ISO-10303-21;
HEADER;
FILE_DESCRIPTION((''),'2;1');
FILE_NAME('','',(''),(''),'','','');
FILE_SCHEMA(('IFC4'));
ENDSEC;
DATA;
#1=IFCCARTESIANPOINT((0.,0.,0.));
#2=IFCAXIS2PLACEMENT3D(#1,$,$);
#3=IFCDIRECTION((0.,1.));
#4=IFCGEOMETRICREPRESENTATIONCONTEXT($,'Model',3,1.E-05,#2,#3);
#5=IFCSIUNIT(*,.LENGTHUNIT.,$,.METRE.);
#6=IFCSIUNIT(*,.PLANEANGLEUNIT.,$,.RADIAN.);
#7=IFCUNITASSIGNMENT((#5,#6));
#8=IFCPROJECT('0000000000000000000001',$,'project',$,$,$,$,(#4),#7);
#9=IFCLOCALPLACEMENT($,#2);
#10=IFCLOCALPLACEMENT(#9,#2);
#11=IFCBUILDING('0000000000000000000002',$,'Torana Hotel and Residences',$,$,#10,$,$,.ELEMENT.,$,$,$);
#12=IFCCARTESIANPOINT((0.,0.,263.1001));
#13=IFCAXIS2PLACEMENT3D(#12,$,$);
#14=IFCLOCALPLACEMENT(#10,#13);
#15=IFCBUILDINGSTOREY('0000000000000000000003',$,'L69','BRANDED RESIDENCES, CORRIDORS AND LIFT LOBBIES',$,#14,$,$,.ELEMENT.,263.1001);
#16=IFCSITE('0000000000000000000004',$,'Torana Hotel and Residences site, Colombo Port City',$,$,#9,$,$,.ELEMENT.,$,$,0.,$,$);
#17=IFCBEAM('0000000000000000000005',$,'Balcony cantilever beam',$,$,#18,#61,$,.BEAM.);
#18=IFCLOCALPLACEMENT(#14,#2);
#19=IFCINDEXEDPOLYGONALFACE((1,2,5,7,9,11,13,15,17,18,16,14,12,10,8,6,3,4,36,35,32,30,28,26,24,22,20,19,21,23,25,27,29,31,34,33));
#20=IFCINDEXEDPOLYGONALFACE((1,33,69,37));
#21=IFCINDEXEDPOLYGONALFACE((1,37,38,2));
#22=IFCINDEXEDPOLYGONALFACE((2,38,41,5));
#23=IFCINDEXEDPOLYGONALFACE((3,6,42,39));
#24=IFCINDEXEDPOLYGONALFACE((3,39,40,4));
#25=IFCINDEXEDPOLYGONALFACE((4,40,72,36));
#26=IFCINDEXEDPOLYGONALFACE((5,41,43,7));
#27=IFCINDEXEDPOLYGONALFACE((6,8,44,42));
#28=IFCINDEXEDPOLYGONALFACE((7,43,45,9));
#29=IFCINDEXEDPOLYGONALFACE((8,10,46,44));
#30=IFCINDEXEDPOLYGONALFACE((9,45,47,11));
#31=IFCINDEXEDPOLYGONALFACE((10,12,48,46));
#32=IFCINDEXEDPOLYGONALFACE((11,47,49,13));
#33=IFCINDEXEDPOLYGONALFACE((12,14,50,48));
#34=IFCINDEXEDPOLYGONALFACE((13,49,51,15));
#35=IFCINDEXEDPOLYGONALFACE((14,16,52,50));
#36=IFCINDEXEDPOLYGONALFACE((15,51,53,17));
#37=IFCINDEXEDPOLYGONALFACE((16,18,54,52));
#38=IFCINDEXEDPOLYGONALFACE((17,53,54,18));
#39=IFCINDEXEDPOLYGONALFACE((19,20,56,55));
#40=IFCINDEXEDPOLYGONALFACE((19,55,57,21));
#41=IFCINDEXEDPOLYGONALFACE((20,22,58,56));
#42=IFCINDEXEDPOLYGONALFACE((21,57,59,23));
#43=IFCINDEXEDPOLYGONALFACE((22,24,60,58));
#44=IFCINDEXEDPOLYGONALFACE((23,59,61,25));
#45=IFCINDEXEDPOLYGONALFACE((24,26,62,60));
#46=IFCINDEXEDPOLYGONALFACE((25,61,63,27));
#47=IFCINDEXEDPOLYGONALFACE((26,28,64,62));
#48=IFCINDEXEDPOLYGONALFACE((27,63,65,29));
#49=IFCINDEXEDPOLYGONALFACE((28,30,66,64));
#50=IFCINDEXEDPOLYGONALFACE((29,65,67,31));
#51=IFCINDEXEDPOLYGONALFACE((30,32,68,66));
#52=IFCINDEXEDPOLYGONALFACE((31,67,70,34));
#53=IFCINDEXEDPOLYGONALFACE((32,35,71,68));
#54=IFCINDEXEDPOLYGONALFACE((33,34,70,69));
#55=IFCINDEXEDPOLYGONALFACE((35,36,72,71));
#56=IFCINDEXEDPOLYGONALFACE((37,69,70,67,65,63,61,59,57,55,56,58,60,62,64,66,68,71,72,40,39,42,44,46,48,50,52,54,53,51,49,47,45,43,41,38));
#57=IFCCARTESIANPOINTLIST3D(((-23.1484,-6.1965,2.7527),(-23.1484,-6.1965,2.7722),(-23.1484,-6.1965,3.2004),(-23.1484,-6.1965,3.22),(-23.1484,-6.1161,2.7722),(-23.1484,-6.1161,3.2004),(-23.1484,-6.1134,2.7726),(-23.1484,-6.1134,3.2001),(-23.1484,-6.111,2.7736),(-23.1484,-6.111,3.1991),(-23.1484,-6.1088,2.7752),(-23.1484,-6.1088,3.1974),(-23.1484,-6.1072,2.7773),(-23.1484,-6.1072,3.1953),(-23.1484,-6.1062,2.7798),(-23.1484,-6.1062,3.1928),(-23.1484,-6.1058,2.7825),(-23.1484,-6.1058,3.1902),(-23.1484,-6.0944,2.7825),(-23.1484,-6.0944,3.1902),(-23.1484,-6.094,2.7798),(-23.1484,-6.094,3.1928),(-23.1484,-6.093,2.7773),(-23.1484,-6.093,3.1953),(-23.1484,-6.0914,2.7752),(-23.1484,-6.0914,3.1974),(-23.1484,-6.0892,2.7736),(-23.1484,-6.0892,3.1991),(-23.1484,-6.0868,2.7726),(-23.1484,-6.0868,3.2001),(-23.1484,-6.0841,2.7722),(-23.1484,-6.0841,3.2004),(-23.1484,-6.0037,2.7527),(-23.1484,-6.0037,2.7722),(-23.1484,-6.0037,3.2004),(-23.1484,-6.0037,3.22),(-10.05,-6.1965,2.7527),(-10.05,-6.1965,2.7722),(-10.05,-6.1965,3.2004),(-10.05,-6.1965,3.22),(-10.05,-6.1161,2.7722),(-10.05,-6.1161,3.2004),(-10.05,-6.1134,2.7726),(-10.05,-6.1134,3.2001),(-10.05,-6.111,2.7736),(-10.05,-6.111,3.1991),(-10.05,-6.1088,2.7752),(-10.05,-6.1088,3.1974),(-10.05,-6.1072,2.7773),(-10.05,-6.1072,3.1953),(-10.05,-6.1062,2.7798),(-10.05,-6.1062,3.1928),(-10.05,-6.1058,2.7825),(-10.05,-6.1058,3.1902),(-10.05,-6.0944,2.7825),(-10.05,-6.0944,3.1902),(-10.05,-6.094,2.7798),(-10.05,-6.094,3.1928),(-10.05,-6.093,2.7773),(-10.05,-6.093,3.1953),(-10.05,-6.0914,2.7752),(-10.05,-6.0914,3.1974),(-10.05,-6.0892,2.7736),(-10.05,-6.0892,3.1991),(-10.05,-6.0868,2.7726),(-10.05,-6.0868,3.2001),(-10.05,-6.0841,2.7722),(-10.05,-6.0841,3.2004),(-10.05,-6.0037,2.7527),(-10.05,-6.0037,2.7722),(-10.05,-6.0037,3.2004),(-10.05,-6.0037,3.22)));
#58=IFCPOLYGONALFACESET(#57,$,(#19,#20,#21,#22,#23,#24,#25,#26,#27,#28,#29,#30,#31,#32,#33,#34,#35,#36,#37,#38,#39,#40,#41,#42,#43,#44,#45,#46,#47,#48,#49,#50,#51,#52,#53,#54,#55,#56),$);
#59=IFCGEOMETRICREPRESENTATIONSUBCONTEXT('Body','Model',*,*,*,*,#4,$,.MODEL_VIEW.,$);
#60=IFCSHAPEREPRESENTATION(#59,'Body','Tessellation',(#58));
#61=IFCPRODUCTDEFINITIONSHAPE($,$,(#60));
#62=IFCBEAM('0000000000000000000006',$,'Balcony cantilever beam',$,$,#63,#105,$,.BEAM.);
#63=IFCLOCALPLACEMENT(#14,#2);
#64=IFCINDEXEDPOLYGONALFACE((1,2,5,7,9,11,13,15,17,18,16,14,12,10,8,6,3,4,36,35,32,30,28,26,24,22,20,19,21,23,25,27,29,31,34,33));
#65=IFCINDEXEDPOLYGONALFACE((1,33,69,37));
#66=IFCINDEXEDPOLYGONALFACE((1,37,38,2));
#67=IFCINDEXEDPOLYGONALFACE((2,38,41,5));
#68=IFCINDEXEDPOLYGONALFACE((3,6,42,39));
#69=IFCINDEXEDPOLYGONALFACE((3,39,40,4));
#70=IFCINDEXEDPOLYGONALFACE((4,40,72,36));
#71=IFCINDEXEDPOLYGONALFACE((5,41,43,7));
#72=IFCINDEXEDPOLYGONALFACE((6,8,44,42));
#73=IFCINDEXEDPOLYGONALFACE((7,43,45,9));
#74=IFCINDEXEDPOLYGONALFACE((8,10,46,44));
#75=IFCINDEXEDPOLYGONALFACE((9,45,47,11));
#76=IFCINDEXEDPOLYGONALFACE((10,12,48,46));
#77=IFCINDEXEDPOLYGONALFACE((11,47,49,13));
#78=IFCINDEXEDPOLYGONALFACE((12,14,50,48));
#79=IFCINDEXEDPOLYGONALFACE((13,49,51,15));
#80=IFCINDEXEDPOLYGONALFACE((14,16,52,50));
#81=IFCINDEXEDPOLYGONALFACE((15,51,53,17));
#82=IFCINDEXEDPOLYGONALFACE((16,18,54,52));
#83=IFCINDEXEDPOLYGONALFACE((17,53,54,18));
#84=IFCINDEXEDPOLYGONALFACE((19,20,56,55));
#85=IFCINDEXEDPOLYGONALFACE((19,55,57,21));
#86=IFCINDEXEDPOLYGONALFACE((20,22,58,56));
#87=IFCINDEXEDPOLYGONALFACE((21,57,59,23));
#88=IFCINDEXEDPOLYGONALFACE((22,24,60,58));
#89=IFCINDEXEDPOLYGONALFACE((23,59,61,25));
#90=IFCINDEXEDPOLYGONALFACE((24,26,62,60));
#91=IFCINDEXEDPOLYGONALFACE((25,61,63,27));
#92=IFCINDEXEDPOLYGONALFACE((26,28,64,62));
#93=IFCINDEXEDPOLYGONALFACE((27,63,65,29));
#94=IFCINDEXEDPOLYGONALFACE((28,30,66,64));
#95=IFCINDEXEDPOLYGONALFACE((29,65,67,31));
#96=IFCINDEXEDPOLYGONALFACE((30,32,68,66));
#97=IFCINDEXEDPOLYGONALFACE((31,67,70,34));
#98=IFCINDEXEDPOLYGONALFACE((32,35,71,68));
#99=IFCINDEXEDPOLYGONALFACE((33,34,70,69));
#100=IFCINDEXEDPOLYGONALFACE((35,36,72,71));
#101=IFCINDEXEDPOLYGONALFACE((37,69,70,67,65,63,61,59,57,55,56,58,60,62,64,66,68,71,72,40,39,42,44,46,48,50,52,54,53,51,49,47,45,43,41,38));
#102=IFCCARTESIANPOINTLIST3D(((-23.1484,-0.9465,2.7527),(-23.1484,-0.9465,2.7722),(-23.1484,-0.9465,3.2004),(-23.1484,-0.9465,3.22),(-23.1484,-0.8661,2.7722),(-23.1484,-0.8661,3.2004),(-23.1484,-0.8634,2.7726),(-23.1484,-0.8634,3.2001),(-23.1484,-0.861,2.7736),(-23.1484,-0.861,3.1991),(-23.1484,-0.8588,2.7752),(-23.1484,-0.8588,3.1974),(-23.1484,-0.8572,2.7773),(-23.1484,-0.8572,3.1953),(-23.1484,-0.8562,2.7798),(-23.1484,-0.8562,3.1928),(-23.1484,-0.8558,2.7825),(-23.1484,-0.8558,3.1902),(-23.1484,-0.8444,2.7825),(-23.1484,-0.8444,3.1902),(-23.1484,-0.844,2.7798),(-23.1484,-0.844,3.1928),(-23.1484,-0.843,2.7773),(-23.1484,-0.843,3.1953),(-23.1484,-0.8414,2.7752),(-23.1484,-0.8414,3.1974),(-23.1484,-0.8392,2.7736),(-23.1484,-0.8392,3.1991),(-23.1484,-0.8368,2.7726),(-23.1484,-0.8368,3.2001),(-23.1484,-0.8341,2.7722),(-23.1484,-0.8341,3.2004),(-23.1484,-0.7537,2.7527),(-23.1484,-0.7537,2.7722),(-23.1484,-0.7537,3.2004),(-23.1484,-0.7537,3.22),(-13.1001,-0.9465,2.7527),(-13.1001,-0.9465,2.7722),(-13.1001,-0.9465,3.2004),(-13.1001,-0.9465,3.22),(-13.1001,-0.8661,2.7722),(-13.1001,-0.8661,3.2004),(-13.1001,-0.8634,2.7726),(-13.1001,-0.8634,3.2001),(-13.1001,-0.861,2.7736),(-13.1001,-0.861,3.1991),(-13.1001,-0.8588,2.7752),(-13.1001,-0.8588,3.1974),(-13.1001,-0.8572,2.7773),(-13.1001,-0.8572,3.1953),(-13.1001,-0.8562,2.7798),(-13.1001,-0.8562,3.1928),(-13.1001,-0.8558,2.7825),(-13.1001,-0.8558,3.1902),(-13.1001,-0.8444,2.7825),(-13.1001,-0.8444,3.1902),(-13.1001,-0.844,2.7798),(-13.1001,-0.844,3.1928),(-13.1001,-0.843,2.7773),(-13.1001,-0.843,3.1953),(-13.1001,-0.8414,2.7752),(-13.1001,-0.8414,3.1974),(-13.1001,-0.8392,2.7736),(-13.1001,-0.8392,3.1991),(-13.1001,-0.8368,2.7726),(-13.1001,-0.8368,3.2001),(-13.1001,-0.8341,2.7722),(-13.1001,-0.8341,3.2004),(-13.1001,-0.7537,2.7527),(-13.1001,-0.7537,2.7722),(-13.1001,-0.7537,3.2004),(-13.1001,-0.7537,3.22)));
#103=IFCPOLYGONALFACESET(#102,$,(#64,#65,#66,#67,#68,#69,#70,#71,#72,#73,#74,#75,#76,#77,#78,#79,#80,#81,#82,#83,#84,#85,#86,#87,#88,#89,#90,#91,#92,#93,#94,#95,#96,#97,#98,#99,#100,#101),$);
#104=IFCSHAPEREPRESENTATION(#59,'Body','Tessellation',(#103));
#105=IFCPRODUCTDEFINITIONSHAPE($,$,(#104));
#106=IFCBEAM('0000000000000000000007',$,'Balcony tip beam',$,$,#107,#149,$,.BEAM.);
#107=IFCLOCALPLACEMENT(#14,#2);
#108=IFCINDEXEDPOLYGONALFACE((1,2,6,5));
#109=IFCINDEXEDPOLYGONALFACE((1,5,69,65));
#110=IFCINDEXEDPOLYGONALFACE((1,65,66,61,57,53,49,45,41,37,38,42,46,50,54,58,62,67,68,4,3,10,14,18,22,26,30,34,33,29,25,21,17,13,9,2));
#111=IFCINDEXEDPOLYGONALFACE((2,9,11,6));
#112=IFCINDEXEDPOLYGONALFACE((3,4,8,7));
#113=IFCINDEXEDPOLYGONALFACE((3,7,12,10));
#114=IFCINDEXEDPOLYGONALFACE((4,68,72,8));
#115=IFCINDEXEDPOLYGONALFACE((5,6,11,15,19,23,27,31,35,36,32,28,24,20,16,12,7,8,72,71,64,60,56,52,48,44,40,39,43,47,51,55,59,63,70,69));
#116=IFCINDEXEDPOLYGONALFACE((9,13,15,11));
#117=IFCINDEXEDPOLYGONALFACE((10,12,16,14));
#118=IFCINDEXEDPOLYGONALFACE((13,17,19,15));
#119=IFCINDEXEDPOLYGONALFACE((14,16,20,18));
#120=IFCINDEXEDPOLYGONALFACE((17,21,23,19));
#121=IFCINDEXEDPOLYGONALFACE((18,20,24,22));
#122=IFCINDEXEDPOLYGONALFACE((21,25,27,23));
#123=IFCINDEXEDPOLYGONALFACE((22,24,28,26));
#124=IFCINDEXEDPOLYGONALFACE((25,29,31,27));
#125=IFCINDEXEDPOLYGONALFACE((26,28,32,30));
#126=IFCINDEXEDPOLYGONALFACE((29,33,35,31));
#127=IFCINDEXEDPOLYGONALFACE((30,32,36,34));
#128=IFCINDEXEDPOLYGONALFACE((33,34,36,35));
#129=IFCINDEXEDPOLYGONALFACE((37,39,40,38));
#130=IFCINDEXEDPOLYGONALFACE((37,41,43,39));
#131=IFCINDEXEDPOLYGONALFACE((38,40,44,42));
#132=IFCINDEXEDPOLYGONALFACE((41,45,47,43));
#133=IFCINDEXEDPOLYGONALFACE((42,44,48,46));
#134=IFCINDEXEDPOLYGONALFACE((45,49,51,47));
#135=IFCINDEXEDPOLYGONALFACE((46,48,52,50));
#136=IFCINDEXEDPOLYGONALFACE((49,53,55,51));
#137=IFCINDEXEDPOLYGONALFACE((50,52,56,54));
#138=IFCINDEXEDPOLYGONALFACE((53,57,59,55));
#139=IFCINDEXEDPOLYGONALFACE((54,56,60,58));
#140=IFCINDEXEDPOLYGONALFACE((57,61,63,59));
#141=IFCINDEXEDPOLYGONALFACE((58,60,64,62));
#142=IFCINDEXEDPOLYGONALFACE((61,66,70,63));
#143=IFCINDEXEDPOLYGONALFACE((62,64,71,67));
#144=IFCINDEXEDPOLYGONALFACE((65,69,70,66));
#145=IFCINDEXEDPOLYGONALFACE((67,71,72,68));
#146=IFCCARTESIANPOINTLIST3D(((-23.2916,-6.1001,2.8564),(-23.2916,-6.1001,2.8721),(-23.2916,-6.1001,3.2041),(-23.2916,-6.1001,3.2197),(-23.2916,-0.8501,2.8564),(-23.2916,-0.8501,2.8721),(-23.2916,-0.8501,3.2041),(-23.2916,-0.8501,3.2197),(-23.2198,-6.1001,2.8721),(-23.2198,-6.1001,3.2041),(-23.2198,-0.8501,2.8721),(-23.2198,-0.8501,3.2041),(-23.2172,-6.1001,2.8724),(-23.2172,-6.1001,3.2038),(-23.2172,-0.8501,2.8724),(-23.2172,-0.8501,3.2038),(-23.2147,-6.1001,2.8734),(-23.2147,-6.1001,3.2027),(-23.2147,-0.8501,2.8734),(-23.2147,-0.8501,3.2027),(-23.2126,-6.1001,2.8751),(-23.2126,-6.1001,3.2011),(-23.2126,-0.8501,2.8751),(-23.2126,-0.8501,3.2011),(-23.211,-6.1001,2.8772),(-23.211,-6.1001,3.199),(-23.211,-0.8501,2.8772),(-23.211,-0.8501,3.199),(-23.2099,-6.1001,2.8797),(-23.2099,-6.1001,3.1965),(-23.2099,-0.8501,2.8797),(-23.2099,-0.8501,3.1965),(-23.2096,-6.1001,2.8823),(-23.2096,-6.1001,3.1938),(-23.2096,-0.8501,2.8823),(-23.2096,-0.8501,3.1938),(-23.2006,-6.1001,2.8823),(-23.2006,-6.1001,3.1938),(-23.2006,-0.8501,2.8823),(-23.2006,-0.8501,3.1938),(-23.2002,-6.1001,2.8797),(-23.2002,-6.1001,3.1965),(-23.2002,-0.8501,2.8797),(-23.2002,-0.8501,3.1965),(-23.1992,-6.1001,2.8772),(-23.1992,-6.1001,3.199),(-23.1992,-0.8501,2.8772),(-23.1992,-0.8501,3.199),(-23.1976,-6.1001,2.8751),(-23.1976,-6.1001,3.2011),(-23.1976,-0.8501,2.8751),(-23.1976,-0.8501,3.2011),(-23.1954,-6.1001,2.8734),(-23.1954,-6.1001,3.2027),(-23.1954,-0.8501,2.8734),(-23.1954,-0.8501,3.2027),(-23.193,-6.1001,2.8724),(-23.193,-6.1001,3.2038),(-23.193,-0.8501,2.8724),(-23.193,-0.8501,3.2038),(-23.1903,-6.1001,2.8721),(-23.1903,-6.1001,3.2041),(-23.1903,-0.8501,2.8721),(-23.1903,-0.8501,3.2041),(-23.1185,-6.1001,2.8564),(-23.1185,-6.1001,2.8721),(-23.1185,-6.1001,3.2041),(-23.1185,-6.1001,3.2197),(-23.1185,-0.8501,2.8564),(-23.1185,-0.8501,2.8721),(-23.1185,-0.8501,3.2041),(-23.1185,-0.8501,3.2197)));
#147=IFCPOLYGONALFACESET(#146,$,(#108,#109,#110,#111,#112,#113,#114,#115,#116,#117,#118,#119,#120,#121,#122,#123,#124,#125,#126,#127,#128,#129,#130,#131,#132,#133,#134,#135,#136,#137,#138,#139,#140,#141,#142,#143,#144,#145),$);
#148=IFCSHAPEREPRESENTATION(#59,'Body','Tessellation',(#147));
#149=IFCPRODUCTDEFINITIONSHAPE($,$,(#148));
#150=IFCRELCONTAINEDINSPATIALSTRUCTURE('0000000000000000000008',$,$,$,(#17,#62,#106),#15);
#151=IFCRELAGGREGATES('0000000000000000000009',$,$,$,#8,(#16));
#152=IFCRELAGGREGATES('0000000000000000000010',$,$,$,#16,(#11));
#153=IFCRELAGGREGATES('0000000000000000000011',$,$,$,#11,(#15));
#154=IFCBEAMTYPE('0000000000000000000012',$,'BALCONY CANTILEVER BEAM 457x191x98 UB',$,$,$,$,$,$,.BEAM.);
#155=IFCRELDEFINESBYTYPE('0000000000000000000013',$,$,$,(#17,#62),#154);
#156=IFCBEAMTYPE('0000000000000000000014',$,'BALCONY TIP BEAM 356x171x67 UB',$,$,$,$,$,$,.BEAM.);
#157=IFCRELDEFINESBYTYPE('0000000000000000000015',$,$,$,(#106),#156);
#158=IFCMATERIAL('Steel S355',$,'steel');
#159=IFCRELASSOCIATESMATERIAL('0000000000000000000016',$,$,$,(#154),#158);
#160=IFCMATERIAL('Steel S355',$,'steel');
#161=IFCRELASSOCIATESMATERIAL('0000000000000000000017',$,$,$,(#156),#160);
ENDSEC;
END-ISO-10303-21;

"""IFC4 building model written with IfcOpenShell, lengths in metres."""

from ifc_helpers import new_model, si_unit, direction, frame, origin, origin_2d, place, context, subcontext, project, spatial, i_section, extrude, material, material_profile, profile_set, type_object, element, save


model = new_model("IFC4")

# Units and contexts
model_context = context("Model", 3, precision=1e-05, world=origin(), true_north=direction((0.0, 1.0)))
body_context = subcontext(model_context, "Body", "Model", "MODEL_VIEW")
ifc_project = project(units=[si_unit("LENGTHUNIT", "METRE"), si_unit("PLANEANGLEUNIT", "RADIAN")], contexts=[model_context])

# Site, building, storey
site_placement = place(None, origin())
site = spatial("IfcSite", under=ifc_project, at=site_placement, Name="Torana Hotel and Residences site, Colombo Port City", CompositionType="ELEMENT", RefElevation=0.0)
building_placement = place(site_placement, origin())
building = spatial("IfcBuilding", under=site, at=building_placement, Name="Torana Hotel and Residences", CompositionType="ELEMENT")
storey_placement = place(building_placement, frame((0.0, 0.0, 263.1001)))
storey = spatial("IfcBuildingStorey", under=building, at=storey_placement, Name="L69", Description="BRANDED RESIDENCES, CORRIDORS AND LIFT LOBBIES", CompositionType="ELEMENT", Elevation=263.1001)

# Beams
ifc_material_1 = material(Name="Steel S355", Category="steel")
ifc_material_profile_1 = material_profile(ifc_material_1, i_section(OverallWidth=0.1929, OverallDepth=0.4673, WebThickness=0.0115, FlangeThickness=0.0195, FilletRadius=0.0103, at=origin_2d()), Name="457x191x98 UB")
ifc_profile_set_1 = profile_set([ifc_material_profile_1], Name="Steel S355")
beam_type_1 = type_object("IfcBeamType", Name="BALCONY CANTILEVER BEAM 457x191x98 UB", PredefinedType="BEAM", material=ifc_profile_set_1)
beam_1_placement = place(storey_placement, frame((-23.1484, -6.1001, 2.9863), z_axis=(1.0, 0.0, 0.0), x_axis=(0.0, 1.0, 0.0)))
element("IfcBeam", 1, at=beam_1_placement, inside=storey, type_object=beam_type_1, Name="Balcony cantilever beam", PredefinedType="BEAM", context=body_context, shape_type="SweptSolid", body=[
    extrude(i_section(OverallWidth=0.1929, OverallDepth=0.4673, WebThickness=0.0115, FlangeThickness=0.0195, FilletRadius=0.0103, at=origin_2d()), origin(), (0.0, 0.0, 1.0), 13.0984),
])
beam_2_placement = place(storey_placement, frame((-23.1484, -0.8501, 2.9863), z_axis=(1.0, 0.0, 0.0), x_axis=(0.0, 1.0, 0.0)))
element("IfcBeam", 2, at=beam_2_placement, inside=storey, type_object=beam_type_1, Name="Balcony cantilever beam", PredefinedType="BEAM", context=body_context, shape_type="SweptSolid", body=[
    extrude(i_section(OverallWidth=0.1929, OverallDepth=0.4673, WebThickness=0.0115, FlangeThickness=0.0195, FilletRadius=0.0103, at=origin_2d()), origin(), (0.0, 0.0, 1.0), 10.0483),
])
ifc_material_2 = material(Name="Steel S355", Category="steel")
ifc_material_profile_2 = material_profile(ifc_material_2, i_section(OverallWidth=0.1731, OverallDepth=0.3633, WebThickness=0.009, FlangeThickness=0.0156, FilletRadius=0.0103, at=origin_2d()), Name="356x171x67 UB")
ifc_profile_set_2 = profile_set([ifc_material_profile_2], Name="Steel S355")
beam_type_2 = type_object("IfcBeamType", Name="BALCONY TIP BEAM 356x171x67 UB", PredefinedType="BEAM", material=ifc_profile_set_2)
beam_3_placement = place(storey_placement, frame((-23.2051, -6.1001, 3.0381), z_axis=(0.0, 1.0, 0.0), x_axis=(-1.0, 0.0, 0.0)))
element("IfcBeam", 3, at=beam_3_placement, inside=storey, type_object=beam_type_2, Name="Balcony tip beam", PredefinedType="BEAM", context=body_context, shape_type="SweptSolid", body=[
    extrude(i_section(OverallWidth=0.1731, OverallDepth=0.3633, WebThickness=0.009, FlangeThickness=0.0156, FilletRadius=0.0103, at=origin_2d()), origin(), (0.0, 0.0, 1.0), 5.25),
])

save(model, "model.ifc")
